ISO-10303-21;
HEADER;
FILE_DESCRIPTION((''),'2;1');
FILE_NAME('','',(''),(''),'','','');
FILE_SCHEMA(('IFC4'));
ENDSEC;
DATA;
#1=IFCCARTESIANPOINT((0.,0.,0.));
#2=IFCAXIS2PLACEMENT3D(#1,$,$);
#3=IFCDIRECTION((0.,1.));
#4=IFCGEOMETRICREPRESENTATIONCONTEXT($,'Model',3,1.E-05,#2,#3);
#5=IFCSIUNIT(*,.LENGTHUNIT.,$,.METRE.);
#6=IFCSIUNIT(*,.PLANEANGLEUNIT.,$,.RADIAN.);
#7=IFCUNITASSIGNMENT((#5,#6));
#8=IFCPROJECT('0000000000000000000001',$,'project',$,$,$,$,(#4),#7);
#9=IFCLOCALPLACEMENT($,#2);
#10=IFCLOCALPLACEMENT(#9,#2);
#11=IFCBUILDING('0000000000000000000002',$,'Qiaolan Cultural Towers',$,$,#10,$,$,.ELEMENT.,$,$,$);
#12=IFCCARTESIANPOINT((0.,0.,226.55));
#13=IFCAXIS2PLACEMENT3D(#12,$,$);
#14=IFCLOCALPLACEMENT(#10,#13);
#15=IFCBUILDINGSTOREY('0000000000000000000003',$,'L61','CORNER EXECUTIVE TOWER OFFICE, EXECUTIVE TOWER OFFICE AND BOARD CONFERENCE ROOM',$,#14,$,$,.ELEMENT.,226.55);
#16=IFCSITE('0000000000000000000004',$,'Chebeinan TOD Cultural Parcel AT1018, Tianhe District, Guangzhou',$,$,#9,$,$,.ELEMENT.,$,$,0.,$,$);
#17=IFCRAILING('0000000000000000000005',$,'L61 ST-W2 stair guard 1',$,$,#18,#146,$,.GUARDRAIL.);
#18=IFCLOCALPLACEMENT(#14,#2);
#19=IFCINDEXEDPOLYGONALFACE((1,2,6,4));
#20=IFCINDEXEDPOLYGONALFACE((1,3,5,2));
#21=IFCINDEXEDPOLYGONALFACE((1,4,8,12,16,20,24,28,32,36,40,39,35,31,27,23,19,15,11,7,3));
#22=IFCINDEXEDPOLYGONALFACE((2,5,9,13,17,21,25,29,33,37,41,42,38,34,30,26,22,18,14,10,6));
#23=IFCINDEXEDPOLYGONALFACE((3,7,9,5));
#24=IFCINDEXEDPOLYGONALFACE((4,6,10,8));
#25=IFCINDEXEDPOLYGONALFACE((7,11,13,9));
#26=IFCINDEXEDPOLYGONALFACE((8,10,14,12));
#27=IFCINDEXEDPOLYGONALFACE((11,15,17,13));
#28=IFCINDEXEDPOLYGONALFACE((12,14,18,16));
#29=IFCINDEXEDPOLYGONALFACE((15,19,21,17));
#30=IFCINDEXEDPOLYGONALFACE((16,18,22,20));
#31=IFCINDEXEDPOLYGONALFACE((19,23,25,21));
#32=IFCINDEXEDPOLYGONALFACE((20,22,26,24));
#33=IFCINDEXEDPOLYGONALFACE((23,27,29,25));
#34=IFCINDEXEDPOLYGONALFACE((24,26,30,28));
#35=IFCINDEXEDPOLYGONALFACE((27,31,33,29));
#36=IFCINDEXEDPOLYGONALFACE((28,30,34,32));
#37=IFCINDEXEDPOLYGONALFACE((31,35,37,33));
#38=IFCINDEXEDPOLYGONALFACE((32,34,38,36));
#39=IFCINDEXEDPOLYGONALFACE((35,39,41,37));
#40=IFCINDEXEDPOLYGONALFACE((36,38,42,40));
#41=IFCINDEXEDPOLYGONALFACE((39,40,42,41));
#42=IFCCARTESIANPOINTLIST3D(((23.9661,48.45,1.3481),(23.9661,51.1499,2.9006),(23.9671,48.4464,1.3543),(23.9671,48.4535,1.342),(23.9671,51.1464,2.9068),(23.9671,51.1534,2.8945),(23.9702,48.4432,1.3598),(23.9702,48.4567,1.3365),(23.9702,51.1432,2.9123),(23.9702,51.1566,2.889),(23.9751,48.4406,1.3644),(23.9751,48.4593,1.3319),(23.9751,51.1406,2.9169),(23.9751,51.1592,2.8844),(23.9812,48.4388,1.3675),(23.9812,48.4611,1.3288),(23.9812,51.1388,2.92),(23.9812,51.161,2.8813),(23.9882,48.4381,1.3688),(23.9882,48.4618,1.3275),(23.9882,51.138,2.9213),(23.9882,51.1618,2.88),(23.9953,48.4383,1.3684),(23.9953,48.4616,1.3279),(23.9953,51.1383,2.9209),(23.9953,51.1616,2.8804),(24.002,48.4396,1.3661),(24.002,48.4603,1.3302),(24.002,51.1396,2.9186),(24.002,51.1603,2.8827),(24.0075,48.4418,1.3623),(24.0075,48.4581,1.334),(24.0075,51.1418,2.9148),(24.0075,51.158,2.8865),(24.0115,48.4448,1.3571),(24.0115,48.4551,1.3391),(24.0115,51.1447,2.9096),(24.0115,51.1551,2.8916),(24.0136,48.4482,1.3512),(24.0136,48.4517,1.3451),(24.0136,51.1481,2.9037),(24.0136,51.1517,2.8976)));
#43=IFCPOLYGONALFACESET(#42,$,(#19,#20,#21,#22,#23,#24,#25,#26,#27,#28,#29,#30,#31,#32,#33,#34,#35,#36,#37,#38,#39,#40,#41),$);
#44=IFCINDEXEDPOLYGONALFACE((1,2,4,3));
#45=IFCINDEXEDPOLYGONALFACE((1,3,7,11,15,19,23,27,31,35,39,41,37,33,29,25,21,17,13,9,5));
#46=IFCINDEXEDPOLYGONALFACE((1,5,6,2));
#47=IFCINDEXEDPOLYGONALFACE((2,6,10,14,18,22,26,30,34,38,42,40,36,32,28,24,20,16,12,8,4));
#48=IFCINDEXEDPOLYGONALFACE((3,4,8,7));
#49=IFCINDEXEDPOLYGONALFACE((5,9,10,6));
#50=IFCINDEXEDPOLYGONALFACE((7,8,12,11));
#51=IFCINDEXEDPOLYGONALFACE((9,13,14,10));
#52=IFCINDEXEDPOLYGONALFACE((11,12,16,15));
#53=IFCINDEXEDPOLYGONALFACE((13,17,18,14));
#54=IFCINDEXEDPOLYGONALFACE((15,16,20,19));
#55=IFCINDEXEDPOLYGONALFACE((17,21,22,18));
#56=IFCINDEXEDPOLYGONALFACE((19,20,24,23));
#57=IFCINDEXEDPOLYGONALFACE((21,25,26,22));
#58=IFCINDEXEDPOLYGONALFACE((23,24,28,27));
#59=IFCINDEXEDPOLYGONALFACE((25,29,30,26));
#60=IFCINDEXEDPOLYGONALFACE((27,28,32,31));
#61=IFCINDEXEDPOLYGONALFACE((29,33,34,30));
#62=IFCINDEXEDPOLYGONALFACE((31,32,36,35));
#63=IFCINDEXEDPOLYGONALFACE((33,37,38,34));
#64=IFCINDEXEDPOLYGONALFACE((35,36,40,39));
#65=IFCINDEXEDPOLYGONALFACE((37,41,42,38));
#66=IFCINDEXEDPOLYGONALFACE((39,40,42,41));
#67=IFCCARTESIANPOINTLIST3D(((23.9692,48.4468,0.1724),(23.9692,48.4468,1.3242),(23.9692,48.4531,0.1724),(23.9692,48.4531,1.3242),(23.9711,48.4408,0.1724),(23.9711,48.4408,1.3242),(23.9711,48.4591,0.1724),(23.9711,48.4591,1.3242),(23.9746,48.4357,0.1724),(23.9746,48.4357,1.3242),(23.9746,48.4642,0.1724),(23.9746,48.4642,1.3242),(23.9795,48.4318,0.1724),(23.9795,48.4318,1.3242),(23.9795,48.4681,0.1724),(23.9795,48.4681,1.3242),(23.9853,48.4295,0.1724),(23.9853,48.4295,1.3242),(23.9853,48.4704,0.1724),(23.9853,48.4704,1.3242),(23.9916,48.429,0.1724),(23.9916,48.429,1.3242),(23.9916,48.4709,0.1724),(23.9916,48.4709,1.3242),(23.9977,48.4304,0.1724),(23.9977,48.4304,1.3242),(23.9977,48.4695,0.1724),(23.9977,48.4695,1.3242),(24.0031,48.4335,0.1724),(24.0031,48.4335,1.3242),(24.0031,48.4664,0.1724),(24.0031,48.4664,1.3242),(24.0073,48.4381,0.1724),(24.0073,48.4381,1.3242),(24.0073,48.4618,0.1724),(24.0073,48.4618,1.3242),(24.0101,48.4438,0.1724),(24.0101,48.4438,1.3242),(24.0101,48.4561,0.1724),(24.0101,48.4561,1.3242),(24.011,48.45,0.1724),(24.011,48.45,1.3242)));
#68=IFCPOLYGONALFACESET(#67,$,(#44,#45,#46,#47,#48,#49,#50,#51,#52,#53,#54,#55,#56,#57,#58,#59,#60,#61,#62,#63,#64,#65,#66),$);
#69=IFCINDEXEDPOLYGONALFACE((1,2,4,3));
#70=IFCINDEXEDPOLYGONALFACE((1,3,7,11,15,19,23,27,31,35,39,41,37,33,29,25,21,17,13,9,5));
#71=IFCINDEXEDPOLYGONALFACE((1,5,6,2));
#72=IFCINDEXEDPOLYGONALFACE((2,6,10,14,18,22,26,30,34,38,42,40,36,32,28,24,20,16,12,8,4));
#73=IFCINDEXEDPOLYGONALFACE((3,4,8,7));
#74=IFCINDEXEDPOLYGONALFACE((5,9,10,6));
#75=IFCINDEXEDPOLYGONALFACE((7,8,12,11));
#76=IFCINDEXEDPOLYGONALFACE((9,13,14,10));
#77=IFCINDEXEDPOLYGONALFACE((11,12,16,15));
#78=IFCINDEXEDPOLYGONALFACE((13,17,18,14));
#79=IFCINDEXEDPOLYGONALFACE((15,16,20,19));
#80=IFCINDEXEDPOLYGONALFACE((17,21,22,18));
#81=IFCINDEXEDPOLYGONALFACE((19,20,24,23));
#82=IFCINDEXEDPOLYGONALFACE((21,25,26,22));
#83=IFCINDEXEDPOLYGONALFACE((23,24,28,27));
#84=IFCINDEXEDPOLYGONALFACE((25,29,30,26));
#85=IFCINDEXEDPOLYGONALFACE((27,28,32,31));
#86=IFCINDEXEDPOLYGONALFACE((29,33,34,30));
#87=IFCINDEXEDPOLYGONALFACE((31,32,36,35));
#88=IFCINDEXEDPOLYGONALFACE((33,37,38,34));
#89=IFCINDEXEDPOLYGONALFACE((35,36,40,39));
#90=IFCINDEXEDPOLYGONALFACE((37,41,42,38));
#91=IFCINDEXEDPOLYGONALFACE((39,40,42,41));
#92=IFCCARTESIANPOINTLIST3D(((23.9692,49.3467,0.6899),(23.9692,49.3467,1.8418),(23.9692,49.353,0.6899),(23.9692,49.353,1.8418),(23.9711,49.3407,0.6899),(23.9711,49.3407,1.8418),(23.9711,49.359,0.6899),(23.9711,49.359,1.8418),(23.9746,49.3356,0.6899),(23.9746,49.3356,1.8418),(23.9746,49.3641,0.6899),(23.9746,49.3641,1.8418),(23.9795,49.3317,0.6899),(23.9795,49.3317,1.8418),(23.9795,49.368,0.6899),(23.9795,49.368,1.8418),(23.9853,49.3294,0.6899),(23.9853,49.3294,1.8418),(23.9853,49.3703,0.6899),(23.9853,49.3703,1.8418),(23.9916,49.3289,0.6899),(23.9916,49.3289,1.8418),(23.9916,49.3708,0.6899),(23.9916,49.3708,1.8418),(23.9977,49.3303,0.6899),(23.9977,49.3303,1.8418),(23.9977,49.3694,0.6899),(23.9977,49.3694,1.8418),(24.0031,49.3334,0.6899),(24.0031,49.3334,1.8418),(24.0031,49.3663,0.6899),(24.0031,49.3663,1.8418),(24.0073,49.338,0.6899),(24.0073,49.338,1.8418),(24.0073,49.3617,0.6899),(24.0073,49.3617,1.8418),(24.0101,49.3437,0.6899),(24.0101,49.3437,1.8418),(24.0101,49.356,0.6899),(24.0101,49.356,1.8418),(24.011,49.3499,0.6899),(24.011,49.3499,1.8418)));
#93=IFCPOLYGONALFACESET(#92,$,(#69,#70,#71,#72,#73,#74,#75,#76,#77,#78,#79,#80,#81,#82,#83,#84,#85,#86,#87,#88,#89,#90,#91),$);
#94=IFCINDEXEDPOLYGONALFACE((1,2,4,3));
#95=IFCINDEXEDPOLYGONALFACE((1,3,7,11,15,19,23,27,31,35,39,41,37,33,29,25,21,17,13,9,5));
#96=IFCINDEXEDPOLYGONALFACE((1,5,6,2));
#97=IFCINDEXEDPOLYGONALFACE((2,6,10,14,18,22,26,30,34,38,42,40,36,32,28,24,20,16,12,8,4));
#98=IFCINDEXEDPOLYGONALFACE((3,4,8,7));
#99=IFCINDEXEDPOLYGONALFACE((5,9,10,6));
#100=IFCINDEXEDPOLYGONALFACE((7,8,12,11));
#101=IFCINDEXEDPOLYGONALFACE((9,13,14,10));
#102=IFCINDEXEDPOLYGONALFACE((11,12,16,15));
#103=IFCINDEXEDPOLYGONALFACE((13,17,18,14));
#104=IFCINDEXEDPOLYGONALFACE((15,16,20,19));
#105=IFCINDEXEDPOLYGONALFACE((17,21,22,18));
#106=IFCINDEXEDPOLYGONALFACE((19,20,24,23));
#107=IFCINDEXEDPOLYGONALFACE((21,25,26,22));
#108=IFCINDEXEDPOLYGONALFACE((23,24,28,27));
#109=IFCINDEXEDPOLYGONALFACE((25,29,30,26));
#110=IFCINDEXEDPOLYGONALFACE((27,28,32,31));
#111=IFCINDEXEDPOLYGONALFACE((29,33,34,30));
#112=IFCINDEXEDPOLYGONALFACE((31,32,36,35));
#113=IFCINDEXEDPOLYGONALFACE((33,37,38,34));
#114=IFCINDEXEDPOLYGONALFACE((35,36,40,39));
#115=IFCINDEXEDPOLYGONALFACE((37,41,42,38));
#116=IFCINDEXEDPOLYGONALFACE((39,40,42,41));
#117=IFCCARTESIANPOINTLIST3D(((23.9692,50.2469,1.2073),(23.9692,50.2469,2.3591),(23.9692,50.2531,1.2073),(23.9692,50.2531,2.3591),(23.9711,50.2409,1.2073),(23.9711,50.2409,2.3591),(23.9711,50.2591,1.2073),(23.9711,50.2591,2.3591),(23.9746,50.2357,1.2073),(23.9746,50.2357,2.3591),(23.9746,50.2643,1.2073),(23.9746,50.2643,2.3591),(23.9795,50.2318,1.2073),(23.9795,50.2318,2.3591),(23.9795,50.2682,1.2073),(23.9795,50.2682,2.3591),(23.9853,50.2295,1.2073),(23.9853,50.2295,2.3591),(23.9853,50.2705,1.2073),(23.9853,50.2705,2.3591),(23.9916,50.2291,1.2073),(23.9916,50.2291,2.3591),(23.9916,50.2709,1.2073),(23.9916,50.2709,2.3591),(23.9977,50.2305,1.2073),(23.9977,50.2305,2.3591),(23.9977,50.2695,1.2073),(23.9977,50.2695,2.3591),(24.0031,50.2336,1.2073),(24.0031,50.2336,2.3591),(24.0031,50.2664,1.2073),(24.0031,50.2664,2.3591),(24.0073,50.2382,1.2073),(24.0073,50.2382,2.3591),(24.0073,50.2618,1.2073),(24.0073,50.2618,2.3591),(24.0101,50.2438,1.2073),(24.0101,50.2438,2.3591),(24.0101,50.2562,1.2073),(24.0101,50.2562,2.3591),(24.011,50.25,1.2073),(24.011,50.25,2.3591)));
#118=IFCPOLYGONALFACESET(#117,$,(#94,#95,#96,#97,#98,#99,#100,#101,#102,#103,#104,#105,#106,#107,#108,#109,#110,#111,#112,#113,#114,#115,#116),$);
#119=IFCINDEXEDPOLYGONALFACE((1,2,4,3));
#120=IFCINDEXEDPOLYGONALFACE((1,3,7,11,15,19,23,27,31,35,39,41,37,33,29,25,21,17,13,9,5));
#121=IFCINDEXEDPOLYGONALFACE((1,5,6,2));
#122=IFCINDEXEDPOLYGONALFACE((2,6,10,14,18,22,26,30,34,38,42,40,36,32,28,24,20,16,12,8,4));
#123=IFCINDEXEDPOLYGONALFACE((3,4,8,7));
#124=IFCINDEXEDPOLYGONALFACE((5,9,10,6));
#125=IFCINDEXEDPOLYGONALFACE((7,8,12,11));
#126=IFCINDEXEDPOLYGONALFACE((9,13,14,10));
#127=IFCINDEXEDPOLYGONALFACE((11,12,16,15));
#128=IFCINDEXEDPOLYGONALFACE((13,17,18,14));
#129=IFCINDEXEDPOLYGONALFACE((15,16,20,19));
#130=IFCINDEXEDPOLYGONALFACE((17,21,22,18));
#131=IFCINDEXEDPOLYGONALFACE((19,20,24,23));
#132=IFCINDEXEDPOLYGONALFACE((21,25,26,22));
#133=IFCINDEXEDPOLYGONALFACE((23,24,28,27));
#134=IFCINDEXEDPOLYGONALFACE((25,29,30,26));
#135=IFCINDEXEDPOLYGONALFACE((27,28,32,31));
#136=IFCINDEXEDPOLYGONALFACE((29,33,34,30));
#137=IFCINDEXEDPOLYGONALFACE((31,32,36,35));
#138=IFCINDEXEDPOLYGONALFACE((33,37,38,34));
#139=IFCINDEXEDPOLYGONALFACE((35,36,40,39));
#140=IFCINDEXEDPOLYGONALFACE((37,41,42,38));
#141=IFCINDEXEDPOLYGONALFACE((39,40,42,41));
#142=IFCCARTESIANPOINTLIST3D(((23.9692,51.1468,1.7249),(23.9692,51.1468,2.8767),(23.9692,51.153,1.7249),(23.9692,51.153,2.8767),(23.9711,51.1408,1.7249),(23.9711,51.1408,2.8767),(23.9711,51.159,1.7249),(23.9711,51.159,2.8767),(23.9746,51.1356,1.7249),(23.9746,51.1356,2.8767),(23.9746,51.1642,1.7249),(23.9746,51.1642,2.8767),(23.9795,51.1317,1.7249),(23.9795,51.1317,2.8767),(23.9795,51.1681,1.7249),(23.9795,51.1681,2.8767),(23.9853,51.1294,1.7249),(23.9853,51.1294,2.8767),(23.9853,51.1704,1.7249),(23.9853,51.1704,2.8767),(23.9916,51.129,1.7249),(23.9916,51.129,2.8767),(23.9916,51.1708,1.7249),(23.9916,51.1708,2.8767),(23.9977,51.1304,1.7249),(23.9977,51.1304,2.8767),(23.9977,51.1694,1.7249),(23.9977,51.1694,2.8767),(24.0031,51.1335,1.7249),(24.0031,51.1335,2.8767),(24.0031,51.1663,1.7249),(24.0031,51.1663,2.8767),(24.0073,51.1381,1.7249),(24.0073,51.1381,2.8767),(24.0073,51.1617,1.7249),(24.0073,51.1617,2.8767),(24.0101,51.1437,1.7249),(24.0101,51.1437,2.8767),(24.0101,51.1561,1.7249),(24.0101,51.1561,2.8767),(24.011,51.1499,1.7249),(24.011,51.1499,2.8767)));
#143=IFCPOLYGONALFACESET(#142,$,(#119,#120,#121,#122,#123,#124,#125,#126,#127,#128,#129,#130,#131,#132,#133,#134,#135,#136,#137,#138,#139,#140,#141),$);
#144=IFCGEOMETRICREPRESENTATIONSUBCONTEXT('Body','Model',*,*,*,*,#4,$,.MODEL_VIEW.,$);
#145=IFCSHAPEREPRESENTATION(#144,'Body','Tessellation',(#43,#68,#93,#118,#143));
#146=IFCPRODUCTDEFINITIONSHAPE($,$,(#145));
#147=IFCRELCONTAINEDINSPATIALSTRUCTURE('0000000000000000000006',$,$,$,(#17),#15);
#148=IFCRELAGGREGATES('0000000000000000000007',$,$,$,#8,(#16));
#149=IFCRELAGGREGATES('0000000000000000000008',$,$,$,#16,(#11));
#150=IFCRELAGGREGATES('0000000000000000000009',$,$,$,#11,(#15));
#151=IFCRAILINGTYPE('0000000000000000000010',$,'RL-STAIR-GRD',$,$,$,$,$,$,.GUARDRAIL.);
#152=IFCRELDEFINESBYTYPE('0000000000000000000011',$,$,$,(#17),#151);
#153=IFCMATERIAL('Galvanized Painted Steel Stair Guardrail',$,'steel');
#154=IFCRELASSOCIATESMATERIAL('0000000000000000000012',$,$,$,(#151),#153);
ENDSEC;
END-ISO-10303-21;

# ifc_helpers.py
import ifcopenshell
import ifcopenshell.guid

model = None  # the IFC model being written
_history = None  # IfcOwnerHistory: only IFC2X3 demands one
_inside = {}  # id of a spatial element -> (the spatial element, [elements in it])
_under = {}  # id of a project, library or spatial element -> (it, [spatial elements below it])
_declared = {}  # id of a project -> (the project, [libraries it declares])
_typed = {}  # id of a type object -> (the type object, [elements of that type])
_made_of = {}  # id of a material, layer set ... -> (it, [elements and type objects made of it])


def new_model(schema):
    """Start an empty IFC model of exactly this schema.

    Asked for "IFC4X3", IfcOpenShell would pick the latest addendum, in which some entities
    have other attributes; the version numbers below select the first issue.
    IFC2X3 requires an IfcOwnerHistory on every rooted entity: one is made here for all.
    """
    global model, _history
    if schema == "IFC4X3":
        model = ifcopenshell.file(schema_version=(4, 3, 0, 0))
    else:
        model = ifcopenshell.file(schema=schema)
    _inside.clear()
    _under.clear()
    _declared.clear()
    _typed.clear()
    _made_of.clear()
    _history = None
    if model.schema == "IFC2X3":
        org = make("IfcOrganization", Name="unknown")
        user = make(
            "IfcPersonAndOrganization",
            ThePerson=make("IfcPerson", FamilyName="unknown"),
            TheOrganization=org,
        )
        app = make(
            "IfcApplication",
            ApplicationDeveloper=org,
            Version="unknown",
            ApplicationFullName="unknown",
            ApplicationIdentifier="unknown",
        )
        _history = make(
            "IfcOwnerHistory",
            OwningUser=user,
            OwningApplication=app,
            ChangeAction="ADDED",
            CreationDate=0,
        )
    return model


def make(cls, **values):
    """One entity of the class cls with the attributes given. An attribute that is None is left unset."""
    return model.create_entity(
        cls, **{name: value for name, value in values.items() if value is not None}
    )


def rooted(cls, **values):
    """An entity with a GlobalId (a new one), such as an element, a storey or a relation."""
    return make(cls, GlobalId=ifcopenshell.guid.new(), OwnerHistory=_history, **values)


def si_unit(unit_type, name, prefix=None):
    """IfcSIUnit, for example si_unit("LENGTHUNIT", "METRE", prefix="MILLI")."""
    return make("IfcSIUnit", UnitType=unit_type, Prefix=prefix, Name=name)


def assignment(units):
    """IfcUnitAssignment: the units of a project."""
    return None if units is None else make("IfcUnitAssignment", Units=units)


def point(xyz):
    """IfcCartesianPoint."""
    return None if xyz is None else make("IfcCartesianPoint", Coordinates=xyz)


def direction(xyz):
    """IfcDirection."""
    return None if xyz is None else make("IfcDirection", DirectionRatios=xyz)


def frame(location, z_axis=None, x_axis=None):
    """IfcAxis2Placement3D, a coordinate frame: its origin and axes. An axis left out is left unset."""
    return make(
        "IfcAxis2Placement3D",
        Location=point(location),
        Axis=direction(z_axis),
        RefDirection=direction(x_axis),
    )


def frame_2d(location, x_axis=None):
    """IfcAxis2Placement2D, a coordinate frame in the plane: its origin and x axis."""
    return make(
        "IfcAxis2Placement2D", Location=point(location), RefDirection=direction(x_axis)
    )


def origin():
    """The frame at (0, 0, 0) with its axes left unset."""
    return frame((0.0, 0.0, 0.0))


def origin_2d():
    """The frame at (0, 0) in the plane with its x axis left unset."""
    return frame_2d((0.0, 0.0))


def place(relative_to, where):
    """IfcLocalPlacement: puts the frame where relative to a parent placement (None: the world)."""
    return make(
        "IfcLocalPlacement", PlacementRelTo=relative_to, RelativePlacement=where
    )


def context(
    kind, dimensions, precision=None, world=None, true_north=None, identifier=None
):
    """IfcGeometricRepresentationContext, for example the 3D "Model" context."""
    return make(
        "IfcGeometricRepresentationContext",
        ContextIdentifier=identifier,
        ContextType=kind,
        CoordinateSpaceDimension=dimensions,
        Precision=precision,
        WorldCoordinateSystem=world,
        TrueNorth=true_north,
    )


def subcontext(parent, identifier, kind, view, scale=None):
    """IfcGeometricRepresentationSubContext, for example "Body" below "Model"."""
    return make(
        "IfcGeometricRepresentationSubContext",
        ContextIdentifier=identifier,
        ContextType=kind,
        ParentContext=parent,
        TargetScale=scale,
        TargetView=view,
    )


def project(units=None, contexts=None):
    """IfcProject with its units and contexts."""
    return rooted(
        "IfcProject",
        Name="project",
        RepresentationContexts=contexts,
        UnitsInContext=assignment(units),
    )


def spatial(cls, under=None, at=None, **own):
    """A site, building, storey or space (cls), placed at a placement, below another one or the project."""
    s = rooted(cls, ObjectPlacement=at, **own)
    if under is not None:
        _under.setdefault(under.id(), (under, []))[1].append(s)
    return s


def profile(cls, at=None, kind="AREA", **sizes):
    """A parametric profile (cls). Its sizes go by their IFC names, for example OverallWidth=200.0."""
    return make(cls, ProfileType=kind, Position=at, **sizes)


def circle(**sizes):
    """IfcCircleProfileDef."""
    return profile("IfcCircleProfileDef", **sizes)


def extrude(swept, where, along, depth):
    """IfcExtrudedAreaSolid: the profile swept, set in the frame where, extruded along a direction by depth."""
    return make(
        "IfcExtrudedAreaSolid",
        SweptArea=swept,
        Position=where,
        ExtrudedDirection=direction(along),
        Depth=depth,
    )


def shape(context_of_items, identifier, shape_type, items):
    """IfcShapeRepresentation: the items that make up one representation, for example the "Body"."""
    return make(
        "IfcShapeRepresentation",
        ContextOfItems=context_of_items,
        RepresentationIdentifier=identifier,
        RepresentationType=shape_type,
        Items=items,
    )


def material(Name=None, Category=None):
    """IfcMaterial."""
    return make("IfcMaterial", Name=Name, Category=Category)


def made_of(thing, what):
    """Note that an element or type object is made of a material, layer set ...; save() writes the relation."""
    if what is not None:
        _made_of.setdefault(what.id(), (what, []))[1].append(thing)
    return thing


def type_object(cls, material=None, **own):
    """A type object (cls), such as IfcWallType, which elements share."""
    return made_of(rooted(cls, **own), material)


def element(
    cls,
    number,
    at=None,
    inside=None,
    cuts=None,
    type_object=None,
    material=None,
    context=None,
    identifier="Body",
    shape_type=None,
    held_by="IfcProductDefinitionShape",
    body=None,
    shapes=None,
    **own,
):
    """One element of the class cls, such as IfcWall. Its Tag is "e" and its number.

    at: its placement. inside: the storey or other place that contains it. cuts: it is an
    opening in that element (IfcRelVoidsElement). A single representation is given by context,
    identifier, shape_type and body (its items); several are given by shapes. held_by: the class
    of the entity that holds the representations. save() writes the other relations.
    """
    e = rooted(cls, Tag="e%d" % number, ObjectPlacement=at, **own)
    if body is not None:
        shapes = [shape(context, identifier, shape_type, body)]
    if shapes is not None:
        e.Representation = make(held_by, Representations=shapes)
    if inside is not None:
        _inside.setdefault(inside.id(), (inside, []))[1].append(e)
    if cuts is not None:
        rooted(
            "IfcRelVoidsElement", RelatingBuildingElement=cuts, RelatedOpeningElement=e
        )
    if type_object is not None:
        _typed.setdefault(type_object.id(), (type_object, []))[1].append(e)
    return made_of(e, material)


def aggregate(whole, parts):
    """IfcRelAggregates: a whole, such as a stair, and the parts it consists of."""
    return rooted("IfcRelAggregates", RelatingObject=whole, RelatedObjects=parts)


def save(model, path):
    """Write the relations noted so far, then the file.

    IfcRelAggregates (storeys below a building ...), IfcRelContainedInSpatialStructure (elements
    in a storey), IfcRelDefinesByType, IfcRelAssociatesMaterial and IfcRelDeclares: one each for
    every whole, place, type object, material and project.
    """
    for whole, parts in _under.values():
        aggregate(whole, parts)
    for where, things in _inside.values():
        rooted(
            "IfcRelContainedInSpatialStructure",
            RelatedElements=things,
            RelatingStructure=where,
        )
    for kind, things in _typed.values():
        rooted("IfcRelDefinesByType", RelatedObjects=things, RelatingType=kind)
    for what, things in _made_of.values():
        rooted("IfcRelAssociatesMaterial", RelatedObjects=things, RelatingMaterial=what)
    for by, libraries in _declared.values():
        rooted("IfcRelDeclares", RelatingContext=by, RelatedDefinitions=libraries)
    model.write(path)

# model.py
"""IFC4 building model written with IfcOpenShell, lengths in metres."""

from ifc_helpers import new_model, si_unit, direction, frame, origin, origin_2d, place, context, subcontext, project, spatial, circle, extrude, material, type_object, element, save


model = new_model("IFC4")

# Units and contexts
model_context = context("Model", 3, precision=1e-05, world=origin(), true_north=direction((0.0, 1.0)))
body_context = subcontext(model_context, "Body", "Model", "MODEL_VIEW")
ifc_project = project(units=[si_unit("LENGTHUNIT", "METRE"), si_unit("PLANEANGLEUNIT", "RADIAN")], contexts=[model_context])

# Site, building, storey
site_placement = place(None, origin())
site = spatial("IfcSite", under=ifc_project, at=site_placement, Name="Chebeinan TOD Cultural Parcel AT1018, Tianhe District, Guangzhou", CompositionType="ELEMENT", RefElevation=0.0)
building_placement = place(site_placement, origin())
building = spatial("IfcBuilding", under=site, at=building_placement, Name="Qiaolan Cultural Towers", CompositionType="ELEMENT")
storey_placement = place(building_placement, frame((0.0, 0.0, 226.55)))
storey = spatial("IfcBuildingStorey", under=building, at=storey_placement, Name="L61", Description="CORNER EXECUTIVE TOWER OFFICE, EXECUTIVE TOWER OFFICE AND BOARD CONFERENCE ROOM", CompositionType="ELEMENT", Elevation=226.55)

# Railing
ifc_material_1 = material(Name="Galvanized Painted Steel Stair Guardrail", Category="steel")
railing_type_1 = type_object("IfcRailingType", Name="RL-STAIR-GRD", PredefinedType="GUARDRAIL", material=ifc_material_1)
railing_1_placement = place(storey_placement, frame((23.99, 48.45, 0.1724)))
element("IfcRailing", 1, at=railing_1_placement, inside=storey, type_object=railing_type_1, Name="L61 ST-W2 stair guard 1", PredefinedType="GUARDRAIL", context=body_context, shape_type="SweptSolid", body=[
    extrude(circle(Radius=0.0239, at=origin_2d()), frame((0.0, 0.0, 1.1758), z_axis=(0.0, 0.866904, 0.498476), x_axis=(-1.0, 0.0, 0.0)), (0.0, 0.0, 1.0), 3.1145),
    extrude(circle(Radius=0.021, at=origin_2d()), origin(), (0.0, 0.0, 1.0), 1.1519),
    extrude(circle(Radius=0.021, at=origin_2d()), frame((0.0, 0.8999, 0.5176)), (0.0, 0.0, 1.0), 1.1519),
    extrude(circle(Radius=0.021, at=origin_2d()), frame((0.0, 1.8, 1.0349)), (0.0, 0.0, 1.0), 1.1519),
    extrude(circle(Radius=0.021, at=origin_2d()), frame((0.0, 2.7, 1.5525)), (0.0, 0.0, 1.0), 1.1519),
])

save(model, "model.ifc")
